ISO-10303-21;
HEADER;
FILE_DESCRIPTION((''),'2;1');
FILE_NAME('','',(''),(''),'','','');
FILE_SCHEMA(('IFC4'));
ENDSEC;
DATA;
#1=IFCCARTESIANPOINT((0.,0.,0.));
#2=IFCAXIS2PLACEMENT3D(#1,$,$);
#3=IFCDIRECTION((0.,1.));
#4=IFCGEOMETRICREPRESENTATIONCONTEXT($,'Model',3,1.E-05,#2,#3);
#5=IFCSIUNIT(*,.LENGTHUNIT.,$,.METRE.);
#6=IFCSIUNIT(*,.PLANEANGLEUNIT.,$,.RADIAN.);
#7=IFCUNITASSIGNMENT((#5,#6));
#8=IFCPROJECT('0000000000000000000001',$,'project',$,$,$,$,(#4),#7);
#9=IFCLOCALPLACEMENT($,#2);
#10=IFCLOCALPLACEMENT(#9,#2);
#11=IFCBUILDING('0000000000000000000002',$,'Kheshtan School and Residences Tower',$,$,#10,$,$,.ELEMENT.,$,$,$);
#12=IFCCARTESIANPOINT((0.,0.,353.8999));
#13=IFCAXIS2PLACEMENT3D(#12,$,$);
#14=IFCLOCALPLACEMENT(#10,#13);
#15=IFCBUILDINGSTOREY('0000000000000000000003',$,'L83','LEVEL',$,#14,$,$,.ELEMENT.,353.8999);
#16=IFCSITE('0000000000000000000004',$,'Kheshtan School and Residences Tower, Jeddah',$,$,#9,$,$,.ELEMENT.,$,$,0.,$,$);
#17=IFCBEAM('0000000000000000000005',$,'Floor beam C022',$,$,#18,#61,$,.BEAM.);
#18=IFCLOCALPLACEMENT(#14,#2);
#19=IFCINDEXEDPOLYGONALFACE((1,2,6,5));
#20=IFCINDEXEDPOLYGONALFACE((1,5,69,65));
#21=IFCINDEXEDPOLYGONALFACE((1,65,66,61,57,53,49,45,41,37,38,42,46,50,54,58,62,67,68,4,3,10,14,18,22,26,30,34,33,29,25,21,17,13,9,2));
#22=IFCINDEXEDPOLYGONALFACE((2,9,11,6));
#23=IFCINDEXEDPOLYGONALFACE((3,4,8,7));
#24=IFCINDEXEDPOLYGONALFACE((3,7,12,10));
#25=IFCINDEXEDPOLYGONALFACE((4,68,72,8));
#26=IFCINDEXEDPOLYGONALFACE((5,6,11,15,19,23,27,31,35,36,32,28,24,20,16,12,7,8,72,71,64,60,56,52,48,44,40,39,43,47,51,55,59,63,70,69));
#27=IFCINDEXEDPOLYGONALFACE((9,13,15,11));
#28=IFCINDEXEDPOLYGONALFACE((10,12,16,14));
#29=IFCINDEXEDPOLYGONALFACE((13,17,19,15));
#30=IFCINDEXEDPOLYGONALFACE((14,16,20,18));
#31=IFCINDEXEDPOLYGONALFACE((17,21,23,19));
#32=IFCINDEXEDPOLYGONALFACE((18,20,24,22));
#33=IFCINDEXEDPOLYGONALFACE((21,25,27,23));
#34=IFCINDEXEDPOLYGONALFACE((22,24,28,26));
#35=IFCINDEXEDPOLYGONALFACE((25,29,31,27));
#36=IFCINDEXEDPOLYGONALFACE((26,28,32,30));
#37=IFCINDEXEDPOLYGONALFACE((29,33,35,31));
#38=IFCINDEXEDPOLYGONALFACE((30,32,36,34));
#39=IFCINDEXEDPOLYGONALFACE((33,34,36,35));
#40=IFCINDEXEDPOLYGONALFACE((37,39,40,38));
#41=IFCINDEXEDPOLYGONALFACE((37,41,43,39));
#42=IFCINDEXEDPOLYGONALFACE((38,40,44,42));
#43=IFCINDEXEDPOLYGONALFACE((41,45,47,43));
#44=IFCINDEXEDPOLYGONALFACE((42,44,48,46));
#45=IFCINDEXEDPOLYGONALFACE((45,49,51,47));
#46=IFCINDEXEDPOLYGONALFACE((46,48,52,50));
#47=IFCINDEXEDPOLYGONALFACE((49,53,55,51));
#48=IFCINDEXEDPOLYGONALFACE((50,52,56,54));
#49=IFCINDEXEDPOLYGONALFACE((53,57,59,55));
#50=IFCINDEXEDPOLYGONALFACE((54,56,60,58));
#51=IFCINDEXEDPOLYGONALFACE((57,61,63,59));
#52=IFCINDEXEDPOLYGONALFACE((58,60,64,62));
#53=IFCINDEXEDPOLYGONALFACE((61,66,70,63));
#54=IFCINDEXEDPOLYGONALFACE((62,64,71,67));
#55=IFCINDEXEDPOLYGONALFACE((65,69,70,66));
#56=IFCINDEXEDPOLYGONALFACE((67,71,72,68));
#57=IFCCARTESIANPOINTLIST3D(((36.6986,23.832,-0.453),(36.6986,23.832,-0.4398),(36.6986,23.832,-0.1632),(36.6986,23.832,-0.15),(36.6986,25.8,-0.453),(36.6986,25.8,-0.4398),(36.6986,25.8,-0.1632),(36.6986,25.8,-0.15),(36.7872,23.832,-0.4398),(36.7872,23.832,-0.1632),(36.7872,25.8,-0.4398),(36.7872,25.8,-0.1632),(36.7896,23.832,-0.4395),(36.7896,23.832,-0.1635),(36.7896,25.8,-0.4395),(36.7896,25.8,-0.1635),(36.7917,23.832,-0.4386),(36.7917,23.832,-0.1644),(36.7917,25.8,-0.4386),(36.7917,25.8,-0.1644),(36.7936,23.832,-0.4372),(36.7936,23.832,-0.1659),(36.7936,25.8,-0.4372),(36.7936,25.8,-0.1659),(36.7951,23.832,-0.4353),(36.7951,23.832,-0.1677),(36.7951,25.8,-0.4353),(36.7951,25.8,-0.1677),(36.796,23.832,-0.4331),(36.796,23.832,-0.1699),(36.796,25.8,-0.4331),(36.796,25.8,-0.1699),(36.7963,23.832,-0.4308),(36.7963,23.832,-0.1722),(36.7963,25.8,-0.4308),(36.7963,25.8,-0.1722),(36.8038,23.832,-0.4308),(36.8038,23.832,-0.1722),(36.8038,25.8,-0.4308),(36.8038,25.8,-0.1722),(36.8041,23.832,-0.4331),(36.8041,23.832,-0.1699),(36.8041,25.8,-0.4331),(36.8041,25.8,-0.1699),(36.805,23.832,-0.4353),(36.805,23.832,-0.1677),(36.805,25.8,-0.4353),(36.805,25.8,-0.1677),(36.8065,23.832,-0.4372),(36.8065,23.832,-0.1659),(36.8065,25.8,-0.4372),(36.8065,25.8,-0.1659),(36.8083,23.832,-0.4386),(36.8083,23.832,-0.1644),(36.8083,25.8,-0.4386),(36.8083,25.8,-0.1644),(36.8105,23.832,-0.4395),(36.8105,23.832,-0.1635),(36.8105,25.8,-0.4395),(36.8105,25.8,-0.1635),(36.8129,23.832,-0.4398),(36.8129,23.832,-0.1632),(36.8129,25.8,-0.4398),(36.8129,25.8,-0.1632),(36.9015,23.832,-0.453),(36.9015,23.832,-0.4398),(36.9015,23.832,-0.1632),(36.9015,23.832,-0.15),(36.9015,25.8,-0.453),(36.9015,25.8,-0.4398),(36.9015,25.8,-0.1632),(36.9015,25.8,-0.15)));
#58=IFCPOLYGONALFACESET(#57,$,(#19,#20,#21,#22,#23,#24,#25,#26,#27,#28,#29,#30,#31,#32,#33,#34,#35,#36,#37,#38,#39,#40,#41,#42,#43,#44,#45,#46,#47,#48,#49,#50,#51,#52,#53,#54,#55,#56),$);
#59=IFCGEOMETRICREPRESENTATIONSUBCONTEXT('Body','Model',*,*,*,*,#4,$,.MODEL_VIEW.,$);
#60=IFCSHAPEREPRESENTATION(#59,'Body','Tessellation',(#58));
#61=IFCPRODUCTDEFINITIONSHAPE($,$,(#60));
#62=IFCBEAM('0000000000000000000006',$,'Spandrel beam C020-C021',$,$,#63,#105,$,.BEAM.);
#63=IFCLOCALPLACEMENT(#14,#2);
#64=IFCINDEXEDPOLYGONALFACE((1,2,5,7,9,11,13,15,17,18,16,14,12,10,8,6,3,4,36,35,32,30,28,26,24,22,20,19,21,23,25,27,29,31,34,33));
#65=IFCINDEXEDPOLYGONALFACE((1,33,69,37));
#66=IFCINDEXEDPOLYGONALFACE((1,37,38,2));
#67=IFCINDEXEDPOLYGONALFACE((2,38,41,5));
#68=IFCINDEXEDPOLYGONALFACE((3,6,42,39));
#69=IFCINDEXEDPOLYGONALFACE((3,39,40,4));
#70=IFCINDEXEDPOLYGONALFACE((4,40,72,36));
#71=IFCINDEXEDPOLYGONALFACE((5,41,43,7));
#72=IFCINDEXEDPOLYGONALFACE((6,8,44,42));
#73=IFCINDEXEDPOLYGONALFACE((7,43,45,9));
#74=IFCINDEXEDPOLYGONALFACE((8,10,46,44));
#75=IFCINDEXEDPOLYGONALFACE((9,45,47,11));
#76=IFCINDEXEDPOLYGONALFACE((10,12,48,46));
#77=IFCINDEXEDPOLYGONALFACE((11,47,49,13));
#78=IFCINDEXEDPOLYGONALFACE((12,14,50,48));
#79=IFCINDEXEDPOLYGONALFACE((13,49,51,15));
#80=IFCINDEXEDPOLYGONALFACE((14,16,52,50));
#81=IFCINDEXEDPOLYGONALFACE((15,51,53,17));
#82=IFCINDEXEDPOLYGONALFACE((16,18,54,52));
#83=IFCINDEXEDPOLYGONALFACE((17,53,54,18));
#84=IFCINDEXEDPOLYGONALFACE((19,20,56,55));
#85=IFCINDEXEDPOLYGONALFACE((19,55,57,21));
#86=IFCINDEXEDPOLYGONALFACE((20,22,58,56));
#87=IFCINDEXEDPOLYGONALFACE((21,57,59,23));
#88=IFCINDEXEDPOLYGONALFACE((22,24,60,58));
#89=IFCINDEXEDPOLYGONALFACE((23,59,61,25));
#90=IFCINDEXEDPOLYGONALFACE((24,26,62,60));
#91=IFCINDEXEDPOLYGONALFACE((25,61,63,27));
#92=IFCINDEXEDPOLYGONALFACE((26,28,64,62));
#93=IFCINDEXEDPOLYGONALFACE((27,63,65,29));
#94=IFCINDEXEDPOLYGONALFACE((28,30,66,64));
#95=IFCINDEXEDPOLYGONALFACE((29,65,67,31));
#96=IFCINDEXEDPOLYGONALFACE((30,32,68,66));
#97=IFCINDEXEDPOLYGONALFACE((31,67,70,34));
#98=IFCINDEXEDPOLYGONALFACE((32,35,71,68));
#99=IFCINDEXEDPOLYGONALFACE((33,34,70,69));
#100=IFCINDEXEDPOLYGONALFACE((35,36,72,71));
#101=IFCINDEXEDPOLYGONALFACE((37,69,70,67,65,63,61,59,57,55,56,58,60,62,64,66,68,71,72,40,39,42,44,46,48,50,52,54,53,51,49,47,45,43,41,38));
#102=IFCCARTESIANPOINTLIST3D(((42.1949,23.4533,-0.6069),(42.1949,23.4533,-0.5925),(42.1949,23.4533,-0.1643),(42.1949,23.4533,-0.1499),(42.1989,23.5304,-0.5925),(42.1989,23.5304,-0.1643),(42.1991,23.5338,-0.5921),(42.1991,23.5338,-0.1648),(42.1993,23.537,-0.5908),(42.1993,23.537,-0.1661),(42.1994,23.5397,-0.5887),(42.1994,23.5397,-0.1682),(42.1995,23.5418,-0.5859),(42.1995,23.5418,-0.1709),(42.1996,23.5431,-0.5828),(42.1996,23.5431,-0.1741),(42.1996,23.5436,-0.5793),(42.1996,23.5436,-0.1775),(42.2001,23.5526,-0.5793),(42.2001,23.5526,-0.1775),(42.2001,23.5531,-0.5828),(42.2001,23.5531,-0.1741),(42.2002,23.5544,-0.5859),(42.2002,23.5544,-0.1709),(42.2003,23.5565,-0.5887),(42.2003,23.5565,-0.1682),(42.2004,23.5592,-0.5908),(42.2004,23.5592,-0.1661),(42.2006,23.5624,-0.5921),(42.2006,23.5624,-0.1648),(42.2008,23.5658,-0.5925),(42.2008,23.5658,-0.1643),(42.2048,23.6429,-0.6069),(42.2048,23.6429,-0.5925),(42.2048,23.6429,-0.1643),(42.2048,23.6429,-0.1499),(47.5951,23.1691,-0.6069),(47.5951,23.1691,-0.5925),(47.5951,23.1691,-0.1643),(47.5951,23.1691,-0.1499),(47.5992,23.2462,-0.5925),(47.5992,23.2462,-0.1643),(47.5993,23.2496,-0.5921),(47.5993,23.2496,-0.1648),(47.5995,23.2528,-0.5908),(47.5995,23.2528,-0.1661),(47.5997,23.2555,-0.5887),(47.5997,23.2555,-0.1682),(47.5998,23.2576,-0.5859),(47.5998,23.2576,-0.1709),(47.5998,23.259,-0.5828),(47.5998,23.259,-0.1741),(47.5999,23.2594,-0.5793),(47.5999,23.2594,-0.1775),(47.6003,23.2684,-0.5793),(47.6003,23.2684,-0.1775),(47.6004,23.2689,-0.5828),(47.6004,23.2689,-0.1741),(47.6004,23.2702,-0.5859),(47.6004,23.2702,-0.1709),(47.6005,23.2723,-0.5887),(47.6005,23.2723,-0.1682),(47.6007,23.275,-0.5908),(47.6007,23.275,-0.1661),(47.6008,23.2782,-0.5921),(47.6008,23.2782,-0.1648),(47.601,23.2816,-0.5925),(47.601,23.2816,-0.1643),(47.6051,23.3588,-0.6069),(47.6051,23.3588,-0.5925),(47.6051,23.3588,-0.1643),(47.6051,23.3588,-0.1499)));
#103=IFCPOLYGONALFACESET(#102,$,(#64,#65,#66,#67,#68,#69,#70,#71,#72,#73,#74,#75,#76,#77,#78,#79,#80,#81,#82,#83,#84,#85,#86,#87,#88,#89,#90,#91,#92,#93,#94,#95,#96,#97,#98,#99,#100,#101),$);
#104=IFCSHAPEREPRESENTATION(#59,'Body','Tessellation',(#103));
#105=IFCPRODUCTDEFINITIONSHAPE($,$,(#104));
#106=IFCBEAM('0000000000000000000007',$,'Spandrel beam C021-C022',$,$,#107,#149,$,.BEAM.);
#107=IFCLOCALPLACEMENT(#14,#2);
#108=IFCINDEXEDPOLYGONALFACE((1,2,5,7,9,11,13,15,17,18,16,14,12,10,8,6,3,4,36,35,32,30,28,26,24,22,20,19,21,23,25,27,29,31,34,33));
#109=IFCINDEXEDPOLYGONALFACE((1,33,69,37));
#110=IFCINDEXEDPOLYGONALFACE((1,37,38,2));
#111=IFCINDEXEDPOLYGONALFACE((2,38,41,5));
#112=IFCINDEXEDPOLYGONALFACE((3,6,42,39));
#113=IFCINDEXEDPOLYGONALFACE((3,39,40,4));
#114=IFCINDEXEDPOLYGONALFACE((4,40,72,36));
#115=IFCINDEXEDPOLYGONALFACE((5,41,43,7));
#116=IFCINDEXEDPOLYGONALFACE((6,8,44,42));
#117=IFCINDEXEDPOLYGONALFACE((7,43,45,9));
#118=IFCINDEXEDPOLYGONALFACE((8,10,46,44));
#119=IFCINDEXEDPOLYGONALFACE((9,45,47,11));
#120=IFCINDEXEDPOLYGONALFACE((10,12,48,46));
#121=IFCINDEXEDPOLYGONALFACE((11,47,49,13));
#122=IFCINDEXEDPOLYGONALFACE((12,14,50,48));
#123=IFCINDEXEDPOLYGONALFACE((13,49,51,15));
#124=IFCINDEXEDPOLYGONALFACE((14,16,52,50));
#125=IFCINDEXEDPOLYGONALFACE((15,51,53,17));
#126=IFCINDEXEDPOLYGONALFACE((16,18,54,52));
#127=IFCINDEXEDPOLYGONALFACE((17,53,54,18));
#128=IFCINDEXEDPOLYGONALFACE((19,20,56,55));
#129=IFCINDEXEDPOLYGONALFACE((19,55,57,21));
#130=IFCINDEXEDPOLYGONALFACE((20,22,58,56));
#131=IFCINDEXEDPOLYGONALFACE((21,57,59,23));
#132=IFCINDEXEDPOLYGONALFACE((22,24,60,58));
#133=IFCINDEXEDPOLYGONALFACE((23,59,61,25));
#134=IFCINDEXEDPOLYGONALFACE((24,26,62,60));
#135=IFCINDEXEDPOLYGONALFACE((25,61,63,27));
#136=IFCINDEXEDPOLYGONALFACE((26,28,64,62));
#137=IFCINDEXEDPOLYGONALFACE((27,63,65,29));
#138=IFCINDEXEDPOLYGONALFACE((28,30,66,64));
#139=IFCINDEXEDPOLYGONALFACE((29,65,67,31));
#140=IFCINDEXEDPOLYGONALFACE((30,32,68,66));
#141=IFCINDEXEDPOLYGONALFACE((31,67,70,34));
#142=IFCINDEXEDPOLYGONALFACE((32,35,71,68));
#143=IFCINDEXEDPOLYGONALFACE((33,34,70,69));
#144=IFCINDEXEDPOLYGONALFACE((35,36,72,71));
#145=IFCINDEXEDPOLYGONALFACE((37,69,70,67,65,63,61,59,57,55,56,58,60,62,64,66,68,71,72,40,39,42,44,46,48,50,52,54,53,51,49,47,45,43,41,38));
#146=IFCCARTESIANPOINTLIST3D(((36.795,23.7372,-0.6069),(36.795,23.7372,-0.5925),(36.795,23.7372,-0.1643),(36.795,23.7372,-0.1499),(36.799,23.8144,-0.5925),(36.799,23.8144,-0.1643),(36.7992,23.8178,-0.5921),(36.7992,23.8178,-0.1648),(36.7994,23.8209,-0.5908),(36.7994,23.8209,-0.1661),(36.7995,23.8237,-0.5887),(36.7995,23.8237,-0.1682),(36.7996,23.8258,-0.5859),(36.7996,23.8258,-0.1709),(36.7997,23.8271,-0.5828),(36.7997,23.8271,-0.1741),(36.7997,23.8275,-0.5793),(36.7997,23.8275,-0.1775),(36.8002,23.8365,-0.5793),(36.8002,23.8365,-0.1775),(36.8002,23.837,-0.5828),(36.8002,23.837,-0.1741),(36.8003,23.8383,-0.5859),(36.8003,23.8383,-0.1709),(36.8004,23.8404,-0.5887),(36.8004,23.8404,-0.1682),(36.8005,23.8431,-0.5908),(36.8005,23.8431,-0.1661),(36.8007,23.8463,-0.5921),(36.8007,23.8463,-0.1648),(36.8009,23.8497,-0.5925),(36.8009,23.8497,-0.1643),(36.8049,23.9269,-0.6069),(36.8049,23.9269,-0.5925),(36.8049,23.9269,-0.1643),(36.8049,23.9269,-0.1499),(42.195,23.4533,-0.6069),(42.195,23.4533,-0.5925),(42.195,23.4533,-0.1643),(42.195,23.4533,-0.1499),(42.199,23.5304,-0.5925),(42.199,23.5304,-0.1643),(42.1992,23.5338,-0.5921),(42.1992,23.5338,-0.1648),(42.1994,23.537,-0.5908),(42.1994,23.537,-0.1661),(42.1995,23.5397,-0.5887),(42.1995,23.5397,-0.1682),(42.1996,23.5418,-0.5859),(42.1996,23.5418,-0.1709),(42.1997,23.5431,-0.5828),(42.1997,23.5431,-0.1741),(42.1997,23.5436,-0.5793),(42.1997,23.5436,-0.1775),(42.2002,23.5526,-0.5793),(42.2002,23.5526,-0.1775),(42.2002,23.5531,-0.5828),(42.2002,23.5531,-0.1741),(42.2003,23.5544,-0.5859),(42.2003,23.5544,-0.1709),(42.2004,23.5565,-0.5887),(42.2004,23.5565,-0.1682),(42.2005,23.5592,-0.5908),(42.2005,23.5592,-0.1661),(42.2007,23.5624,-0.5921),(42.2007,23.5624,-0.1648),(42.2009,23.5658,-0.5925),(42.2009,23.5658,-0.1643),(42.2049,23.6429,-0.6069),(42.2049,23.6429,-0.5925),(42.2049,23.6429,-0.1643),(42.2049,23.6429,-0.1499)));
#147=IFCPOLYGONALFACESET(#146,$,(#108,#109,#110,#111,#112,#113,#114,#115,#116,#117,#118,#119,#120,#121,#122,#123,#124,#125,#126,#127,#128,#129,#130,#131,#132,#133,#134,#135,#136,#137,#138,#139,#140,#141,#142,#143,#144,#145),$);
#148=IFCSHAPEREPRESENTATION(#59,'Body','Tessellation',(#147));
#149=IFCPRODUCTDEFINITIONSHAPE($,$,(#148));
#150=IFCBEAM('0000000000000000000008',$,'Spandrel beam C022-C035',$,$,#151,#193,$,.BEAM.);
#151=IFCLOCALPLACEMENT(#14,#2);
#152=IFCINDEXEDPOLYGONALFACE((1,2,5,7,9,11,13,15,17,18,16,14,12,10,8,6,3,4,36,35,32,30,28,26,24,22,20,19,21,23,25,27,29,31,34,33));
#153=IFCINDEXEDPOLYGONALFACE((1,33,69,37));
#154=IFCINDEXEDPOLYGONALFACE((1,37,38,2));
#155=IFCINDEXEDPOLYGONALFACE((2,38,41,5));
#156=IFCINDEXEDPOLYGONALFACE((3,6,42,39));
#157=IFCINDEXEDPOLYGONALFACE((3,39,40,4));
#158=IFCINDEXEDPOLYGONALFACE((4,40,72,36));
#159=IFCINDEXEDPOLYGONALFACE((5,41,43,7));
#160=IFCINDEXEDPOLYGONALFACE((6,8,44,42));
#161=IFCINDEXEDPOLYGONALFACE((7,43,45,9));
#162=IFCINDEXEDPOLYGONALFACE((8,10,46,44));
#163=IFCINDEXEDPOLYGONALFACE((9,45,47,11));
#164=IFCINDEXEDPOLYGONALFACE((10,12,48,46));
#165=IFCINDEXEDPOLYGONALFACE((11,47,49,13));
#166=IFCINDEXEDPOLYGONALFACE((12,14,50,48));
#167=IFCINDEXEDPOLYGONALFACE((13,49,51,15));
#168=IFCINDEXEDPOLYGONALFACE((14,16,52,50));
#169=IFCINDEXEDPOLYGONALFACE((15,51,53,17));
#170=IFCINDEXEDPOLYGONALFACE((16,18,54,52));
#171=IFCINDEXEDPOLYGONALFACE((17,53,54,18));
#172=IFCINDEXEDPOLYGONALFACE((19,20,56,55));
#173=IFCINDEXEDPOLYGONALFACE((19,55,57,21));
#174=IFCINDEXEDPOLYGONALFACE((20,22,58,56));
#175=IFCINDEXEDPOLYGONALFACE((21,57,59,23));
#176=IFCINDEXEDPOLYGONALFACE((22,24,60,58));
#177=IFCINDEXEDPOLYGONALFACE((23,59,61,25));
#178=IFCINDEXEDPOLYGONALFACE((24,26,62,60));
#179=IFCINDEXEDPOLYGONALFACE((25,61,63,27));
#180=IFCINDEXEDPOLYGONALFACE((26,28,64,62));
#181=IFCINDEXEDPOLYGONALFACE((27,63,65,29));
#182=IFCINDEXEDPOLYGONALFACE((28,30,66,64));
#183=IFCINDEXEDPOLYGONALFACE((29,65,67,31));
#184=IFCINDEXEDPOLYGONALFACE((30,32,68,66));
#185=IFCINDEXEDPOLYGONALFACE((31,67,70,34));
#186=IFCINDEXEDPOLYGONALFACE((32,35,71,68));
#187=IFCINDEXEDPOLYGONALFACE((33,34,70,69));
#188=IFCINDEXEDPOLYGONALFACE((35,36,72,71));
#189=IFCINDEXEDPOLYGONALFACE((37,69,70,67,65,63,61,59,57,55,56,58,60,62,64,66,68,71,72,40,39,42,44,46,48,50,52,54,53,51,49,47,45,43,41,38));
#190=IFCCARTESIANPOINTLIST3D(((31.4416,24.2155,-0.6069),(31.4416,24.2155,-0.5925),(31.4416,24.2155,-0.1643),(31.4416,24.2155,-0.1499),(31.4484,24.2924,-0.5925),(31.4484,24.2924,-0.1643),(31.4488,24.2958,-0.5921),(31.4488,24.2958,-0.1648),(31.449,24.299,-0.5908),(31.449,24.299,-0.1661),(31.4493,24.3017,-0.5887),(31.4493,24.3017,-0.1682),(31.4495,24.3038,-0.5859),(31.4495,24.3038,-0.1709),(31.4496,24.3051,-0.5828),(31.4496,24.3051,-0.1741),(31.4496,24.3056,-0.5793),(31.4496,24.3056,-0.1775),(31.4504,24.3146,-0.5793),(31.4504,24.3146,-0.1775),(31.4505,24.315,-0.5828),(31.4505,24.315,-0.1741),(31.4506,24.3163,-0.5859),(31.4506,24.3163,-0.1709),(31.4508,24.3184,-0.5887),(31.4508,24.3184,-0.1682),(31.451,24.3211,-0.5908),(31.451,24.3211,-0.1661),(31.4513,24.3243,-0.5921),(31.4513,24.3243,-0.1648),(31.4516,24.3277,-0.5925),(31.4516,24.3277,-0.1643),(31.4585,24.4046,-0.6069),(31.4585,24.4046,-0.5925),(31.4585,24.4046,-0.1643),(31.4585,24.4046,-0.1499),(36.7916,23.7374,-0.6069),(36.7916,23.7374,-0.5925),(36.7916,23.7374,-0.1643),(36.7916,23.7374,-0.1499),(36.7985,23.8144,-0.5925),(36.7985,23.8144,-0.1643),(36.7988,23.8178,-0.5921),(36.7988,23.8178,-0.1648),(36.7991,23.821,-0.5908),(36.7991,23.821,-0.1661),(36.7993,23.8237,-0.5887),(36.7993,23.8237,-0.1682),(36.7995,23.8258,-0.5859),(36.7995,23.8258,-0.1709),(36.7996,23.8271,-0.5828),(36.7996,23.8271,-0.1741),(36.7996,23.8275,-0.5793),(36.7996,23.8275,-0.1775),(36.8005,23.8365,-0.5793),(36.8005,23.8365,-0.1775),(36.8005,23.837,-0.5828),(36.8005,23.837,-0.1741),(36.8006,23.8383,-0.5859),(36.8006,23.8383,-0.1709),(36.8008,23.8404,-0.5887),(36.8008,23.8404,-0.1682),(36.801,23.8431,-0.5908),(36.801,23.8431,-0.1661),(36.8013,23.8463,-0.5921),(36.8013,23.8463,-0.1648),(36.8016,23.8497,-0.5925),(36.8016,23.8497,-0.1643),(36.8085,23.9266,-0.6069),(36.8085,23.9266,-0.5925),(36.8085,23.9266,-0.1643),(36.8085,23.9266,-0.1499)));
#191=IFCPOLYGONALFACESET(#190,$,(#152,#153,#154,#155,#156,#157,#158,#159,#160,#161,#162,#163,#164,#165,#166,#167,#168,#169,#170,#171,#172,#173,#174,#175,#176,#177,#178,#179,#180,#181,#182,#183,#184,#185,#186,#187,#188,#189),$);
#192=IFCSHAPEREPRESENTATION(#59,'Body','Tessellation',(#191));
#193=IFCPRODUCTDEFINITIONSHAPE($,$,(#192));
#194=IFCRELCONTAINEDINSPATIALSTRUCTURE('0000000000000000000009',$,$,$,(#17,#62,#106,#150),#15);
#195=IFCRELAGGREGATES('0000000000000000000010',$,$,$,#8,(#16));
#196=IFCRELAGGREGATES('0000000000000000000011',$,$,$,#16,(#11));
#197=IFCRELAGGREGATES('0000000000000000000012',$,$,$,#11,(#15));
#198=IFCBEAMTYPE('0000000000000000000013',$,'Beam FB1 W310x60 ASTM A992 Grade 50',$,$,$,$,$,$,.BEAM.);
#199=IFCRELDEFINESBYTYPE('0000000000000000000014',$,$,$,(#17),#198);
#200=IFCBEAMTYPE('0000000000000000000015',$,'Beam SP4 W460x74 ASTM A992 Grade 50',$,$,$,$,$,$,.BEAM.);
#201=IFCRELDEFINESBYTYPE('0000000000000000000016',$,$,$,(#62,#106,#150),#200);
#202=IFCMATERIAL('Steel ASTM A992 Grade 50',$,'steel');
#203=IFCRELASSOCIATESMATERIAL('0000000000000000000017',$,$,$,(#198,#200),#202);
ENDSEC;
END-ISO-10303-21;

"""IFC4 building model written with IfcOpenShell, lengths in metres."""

from ifc_helpers import new_model, si_unit, direction, frame, origin, origin_2d, place, context, subcontext, project, spatial, i_section, extrude, material, material_profile, profile_set, type_object, element, save


model = new_model("IFC4")

# Units and contexts
model_context = context("Model", 3, precision=1e-05, world=origin(), true_north=direction((0.0, 1.0)))
body_context = subcontext(model_context, "Body", "Model", "MODEL_VIEW")
ifc_project = project(units=[si_unit("LENGTHUNIT", "METRE"), si_unit("PLANEANGLEUNIT", "RADIAN")], contexts=[model_context])

# Site, building, storey
site_placement = place(None, origin())
site = spatial("IfcSite", under=ifc_project, at=site_placement, Name="Kheshtan School and Residences Tower, Jeddah", CompositionType="ELEMENT", RefElevation=0.0)
building_placement = place(site_placement, origin())
building = spatial("IfcBuilding", under=site, at=building_placement, Name="Kheshtan School and Residences Tower", CompositionType="ELEMENT")
storey_placement = place(building_placement, frame((0.0, 0.0, 353.8999)))
storey = spatial("IfcBuildingStorey", under=building, at=storey_placement, Name="L83", Description="LEVEL", CompositionType="ELEMENT", Elevation=353.8999)

# Shared definitions
ifc_material_1 = material(Name="Steel ASTM A992 Grade 50", Category="steel")

# Beams
ifc_material_profile_1 = material_profile(ifc_material_1, i_section(OverallWidth=0.2029, OverallDepth=0.303, WebThickness=0.0076, FlangeThickness=0.0132, FilletRadius=0.009, at=origin_2d()), Name="W310x60")
ifc_profile_set_1 = profile_set([ifc_material_profile_1], Name="Steel ASTM A992 Grade 50")
beam_type_1 = type_object("IfcBeamType", Name="Beam FB1 W310x60 ASTM A992 Grade 50", PredefinedType="BEAM", material=ifc_profile_set_1)
beam_1_placement = place(storey_placement, frame((36.8, 23.832, -0.3015), z_axis=(0.0, 1.0, 0.0), x_axis=(-1.0, 0.0, 0.0)))
element("IfcBeam", 1, at=beam_1_placement, inside=storey, type_object=beam_type_1, Name="Floor beam C022", PredefinedType="BEAM", context=body_context, shape_type="SweptSolid", body=[
    extrude(i_section(OverallWidth=0.2029, OverallDepth=0.303, WebThickness=0.0076, FlangeThickness=0.0132, FilletRadius=0.009, at=origin_2d()), origin(), (0.0, 0.0, 1.0), 1.968),
])
ifc_material_profile_2 = material_profile(ifc_material_1, i_section(OverallWidth=0.1899, OverallDepth=0.457, WebThickness=0.009, FlangeThickness=0.0144, FilletRadius=0.0132, at=origin_2d()), Name="W460x74")
ifc_profile_set_2 = profile_set([ifc_material_profile_2], Name="Steel ASTM A992 Grade 50")
beam_type_2 = type_object("IfcBeamType", Name="Beam SP4 W460x74 ASTM A992 Grade 50", PredefinedType="BEAM", material=ifc_profile_set_2)
beam_2_placement = place(storey_placement, frame((47.6001, 23.2639, -0.3784), z_axis=(-0.998618, 0.052552, 0.0), x_axis=(-0.052552, -0.998618, 0.0)))
element("IfcBeam", 2, at=beam_2_placement, inside=storey, type_object=beam_type_2, Name="Spandrel beam C020-C021", PredefinedType="BEAM", context=body_context, shape_type="SweptSolid", body=[
    extrude(i_section(OverallWidth=0.1899, OverallDepth=0.457, WebThickness=0.009, FlangeThickness=0.0144, FilletRadius=0.0132, at=origin_2d()), origin(), (0.0, 0.0, 1.0), 5.4077),
])
beam_3_placement = place(storey_placement, frame((42.2, 23.5481, -0.3784), z_axis=(-0.99862, 0.052509, 0.0), x_axis=(-0.052509, -0.99862, 0.0)))
element("IfcBeam", 3, at=beam_3_placement, inside=storey, type_object=beam_type_2, Name="Spandrel beam C021-C022", PredefinedType="BEAM", context=body_context, shape_type="SweptSolid", body=[
    extrude(i_section(OverallWidth=0.1899, OverallDepth=0.457, WebThickness=0.009, FlangeThickness=0.0144, FilletRadius=0.0132, at=origin_2d()), origin(), (0.0, 0.0, 1.0), 5.4075),
])
beam_4_placement = place(storey_placement, frame((36.8, 23.832, -0.3784), z_axis=(-0.996032, 0.088995, 0.0), x_axis=(-0.088995, -0.996032, 0.0)))
element("IfcBeam", 4, at=beam_4_placement, inside=storey, type_object=beam_type_2, Name="Spandrel beam C022-C035", PredefinedType="BEAM", context=body_context, shape_type="SweptSolid", body=[
    extrude(i_section(OverallWidth=0.1899, OverallDepth=0.457, WebThickness=0.009, FlangeThickness=0.0144, FilletRadius=0.0132, at=origin_2d()), origin(), (0.0, 0.0, 1.0), 5.3713),
])

save(model, "model.ifc")
